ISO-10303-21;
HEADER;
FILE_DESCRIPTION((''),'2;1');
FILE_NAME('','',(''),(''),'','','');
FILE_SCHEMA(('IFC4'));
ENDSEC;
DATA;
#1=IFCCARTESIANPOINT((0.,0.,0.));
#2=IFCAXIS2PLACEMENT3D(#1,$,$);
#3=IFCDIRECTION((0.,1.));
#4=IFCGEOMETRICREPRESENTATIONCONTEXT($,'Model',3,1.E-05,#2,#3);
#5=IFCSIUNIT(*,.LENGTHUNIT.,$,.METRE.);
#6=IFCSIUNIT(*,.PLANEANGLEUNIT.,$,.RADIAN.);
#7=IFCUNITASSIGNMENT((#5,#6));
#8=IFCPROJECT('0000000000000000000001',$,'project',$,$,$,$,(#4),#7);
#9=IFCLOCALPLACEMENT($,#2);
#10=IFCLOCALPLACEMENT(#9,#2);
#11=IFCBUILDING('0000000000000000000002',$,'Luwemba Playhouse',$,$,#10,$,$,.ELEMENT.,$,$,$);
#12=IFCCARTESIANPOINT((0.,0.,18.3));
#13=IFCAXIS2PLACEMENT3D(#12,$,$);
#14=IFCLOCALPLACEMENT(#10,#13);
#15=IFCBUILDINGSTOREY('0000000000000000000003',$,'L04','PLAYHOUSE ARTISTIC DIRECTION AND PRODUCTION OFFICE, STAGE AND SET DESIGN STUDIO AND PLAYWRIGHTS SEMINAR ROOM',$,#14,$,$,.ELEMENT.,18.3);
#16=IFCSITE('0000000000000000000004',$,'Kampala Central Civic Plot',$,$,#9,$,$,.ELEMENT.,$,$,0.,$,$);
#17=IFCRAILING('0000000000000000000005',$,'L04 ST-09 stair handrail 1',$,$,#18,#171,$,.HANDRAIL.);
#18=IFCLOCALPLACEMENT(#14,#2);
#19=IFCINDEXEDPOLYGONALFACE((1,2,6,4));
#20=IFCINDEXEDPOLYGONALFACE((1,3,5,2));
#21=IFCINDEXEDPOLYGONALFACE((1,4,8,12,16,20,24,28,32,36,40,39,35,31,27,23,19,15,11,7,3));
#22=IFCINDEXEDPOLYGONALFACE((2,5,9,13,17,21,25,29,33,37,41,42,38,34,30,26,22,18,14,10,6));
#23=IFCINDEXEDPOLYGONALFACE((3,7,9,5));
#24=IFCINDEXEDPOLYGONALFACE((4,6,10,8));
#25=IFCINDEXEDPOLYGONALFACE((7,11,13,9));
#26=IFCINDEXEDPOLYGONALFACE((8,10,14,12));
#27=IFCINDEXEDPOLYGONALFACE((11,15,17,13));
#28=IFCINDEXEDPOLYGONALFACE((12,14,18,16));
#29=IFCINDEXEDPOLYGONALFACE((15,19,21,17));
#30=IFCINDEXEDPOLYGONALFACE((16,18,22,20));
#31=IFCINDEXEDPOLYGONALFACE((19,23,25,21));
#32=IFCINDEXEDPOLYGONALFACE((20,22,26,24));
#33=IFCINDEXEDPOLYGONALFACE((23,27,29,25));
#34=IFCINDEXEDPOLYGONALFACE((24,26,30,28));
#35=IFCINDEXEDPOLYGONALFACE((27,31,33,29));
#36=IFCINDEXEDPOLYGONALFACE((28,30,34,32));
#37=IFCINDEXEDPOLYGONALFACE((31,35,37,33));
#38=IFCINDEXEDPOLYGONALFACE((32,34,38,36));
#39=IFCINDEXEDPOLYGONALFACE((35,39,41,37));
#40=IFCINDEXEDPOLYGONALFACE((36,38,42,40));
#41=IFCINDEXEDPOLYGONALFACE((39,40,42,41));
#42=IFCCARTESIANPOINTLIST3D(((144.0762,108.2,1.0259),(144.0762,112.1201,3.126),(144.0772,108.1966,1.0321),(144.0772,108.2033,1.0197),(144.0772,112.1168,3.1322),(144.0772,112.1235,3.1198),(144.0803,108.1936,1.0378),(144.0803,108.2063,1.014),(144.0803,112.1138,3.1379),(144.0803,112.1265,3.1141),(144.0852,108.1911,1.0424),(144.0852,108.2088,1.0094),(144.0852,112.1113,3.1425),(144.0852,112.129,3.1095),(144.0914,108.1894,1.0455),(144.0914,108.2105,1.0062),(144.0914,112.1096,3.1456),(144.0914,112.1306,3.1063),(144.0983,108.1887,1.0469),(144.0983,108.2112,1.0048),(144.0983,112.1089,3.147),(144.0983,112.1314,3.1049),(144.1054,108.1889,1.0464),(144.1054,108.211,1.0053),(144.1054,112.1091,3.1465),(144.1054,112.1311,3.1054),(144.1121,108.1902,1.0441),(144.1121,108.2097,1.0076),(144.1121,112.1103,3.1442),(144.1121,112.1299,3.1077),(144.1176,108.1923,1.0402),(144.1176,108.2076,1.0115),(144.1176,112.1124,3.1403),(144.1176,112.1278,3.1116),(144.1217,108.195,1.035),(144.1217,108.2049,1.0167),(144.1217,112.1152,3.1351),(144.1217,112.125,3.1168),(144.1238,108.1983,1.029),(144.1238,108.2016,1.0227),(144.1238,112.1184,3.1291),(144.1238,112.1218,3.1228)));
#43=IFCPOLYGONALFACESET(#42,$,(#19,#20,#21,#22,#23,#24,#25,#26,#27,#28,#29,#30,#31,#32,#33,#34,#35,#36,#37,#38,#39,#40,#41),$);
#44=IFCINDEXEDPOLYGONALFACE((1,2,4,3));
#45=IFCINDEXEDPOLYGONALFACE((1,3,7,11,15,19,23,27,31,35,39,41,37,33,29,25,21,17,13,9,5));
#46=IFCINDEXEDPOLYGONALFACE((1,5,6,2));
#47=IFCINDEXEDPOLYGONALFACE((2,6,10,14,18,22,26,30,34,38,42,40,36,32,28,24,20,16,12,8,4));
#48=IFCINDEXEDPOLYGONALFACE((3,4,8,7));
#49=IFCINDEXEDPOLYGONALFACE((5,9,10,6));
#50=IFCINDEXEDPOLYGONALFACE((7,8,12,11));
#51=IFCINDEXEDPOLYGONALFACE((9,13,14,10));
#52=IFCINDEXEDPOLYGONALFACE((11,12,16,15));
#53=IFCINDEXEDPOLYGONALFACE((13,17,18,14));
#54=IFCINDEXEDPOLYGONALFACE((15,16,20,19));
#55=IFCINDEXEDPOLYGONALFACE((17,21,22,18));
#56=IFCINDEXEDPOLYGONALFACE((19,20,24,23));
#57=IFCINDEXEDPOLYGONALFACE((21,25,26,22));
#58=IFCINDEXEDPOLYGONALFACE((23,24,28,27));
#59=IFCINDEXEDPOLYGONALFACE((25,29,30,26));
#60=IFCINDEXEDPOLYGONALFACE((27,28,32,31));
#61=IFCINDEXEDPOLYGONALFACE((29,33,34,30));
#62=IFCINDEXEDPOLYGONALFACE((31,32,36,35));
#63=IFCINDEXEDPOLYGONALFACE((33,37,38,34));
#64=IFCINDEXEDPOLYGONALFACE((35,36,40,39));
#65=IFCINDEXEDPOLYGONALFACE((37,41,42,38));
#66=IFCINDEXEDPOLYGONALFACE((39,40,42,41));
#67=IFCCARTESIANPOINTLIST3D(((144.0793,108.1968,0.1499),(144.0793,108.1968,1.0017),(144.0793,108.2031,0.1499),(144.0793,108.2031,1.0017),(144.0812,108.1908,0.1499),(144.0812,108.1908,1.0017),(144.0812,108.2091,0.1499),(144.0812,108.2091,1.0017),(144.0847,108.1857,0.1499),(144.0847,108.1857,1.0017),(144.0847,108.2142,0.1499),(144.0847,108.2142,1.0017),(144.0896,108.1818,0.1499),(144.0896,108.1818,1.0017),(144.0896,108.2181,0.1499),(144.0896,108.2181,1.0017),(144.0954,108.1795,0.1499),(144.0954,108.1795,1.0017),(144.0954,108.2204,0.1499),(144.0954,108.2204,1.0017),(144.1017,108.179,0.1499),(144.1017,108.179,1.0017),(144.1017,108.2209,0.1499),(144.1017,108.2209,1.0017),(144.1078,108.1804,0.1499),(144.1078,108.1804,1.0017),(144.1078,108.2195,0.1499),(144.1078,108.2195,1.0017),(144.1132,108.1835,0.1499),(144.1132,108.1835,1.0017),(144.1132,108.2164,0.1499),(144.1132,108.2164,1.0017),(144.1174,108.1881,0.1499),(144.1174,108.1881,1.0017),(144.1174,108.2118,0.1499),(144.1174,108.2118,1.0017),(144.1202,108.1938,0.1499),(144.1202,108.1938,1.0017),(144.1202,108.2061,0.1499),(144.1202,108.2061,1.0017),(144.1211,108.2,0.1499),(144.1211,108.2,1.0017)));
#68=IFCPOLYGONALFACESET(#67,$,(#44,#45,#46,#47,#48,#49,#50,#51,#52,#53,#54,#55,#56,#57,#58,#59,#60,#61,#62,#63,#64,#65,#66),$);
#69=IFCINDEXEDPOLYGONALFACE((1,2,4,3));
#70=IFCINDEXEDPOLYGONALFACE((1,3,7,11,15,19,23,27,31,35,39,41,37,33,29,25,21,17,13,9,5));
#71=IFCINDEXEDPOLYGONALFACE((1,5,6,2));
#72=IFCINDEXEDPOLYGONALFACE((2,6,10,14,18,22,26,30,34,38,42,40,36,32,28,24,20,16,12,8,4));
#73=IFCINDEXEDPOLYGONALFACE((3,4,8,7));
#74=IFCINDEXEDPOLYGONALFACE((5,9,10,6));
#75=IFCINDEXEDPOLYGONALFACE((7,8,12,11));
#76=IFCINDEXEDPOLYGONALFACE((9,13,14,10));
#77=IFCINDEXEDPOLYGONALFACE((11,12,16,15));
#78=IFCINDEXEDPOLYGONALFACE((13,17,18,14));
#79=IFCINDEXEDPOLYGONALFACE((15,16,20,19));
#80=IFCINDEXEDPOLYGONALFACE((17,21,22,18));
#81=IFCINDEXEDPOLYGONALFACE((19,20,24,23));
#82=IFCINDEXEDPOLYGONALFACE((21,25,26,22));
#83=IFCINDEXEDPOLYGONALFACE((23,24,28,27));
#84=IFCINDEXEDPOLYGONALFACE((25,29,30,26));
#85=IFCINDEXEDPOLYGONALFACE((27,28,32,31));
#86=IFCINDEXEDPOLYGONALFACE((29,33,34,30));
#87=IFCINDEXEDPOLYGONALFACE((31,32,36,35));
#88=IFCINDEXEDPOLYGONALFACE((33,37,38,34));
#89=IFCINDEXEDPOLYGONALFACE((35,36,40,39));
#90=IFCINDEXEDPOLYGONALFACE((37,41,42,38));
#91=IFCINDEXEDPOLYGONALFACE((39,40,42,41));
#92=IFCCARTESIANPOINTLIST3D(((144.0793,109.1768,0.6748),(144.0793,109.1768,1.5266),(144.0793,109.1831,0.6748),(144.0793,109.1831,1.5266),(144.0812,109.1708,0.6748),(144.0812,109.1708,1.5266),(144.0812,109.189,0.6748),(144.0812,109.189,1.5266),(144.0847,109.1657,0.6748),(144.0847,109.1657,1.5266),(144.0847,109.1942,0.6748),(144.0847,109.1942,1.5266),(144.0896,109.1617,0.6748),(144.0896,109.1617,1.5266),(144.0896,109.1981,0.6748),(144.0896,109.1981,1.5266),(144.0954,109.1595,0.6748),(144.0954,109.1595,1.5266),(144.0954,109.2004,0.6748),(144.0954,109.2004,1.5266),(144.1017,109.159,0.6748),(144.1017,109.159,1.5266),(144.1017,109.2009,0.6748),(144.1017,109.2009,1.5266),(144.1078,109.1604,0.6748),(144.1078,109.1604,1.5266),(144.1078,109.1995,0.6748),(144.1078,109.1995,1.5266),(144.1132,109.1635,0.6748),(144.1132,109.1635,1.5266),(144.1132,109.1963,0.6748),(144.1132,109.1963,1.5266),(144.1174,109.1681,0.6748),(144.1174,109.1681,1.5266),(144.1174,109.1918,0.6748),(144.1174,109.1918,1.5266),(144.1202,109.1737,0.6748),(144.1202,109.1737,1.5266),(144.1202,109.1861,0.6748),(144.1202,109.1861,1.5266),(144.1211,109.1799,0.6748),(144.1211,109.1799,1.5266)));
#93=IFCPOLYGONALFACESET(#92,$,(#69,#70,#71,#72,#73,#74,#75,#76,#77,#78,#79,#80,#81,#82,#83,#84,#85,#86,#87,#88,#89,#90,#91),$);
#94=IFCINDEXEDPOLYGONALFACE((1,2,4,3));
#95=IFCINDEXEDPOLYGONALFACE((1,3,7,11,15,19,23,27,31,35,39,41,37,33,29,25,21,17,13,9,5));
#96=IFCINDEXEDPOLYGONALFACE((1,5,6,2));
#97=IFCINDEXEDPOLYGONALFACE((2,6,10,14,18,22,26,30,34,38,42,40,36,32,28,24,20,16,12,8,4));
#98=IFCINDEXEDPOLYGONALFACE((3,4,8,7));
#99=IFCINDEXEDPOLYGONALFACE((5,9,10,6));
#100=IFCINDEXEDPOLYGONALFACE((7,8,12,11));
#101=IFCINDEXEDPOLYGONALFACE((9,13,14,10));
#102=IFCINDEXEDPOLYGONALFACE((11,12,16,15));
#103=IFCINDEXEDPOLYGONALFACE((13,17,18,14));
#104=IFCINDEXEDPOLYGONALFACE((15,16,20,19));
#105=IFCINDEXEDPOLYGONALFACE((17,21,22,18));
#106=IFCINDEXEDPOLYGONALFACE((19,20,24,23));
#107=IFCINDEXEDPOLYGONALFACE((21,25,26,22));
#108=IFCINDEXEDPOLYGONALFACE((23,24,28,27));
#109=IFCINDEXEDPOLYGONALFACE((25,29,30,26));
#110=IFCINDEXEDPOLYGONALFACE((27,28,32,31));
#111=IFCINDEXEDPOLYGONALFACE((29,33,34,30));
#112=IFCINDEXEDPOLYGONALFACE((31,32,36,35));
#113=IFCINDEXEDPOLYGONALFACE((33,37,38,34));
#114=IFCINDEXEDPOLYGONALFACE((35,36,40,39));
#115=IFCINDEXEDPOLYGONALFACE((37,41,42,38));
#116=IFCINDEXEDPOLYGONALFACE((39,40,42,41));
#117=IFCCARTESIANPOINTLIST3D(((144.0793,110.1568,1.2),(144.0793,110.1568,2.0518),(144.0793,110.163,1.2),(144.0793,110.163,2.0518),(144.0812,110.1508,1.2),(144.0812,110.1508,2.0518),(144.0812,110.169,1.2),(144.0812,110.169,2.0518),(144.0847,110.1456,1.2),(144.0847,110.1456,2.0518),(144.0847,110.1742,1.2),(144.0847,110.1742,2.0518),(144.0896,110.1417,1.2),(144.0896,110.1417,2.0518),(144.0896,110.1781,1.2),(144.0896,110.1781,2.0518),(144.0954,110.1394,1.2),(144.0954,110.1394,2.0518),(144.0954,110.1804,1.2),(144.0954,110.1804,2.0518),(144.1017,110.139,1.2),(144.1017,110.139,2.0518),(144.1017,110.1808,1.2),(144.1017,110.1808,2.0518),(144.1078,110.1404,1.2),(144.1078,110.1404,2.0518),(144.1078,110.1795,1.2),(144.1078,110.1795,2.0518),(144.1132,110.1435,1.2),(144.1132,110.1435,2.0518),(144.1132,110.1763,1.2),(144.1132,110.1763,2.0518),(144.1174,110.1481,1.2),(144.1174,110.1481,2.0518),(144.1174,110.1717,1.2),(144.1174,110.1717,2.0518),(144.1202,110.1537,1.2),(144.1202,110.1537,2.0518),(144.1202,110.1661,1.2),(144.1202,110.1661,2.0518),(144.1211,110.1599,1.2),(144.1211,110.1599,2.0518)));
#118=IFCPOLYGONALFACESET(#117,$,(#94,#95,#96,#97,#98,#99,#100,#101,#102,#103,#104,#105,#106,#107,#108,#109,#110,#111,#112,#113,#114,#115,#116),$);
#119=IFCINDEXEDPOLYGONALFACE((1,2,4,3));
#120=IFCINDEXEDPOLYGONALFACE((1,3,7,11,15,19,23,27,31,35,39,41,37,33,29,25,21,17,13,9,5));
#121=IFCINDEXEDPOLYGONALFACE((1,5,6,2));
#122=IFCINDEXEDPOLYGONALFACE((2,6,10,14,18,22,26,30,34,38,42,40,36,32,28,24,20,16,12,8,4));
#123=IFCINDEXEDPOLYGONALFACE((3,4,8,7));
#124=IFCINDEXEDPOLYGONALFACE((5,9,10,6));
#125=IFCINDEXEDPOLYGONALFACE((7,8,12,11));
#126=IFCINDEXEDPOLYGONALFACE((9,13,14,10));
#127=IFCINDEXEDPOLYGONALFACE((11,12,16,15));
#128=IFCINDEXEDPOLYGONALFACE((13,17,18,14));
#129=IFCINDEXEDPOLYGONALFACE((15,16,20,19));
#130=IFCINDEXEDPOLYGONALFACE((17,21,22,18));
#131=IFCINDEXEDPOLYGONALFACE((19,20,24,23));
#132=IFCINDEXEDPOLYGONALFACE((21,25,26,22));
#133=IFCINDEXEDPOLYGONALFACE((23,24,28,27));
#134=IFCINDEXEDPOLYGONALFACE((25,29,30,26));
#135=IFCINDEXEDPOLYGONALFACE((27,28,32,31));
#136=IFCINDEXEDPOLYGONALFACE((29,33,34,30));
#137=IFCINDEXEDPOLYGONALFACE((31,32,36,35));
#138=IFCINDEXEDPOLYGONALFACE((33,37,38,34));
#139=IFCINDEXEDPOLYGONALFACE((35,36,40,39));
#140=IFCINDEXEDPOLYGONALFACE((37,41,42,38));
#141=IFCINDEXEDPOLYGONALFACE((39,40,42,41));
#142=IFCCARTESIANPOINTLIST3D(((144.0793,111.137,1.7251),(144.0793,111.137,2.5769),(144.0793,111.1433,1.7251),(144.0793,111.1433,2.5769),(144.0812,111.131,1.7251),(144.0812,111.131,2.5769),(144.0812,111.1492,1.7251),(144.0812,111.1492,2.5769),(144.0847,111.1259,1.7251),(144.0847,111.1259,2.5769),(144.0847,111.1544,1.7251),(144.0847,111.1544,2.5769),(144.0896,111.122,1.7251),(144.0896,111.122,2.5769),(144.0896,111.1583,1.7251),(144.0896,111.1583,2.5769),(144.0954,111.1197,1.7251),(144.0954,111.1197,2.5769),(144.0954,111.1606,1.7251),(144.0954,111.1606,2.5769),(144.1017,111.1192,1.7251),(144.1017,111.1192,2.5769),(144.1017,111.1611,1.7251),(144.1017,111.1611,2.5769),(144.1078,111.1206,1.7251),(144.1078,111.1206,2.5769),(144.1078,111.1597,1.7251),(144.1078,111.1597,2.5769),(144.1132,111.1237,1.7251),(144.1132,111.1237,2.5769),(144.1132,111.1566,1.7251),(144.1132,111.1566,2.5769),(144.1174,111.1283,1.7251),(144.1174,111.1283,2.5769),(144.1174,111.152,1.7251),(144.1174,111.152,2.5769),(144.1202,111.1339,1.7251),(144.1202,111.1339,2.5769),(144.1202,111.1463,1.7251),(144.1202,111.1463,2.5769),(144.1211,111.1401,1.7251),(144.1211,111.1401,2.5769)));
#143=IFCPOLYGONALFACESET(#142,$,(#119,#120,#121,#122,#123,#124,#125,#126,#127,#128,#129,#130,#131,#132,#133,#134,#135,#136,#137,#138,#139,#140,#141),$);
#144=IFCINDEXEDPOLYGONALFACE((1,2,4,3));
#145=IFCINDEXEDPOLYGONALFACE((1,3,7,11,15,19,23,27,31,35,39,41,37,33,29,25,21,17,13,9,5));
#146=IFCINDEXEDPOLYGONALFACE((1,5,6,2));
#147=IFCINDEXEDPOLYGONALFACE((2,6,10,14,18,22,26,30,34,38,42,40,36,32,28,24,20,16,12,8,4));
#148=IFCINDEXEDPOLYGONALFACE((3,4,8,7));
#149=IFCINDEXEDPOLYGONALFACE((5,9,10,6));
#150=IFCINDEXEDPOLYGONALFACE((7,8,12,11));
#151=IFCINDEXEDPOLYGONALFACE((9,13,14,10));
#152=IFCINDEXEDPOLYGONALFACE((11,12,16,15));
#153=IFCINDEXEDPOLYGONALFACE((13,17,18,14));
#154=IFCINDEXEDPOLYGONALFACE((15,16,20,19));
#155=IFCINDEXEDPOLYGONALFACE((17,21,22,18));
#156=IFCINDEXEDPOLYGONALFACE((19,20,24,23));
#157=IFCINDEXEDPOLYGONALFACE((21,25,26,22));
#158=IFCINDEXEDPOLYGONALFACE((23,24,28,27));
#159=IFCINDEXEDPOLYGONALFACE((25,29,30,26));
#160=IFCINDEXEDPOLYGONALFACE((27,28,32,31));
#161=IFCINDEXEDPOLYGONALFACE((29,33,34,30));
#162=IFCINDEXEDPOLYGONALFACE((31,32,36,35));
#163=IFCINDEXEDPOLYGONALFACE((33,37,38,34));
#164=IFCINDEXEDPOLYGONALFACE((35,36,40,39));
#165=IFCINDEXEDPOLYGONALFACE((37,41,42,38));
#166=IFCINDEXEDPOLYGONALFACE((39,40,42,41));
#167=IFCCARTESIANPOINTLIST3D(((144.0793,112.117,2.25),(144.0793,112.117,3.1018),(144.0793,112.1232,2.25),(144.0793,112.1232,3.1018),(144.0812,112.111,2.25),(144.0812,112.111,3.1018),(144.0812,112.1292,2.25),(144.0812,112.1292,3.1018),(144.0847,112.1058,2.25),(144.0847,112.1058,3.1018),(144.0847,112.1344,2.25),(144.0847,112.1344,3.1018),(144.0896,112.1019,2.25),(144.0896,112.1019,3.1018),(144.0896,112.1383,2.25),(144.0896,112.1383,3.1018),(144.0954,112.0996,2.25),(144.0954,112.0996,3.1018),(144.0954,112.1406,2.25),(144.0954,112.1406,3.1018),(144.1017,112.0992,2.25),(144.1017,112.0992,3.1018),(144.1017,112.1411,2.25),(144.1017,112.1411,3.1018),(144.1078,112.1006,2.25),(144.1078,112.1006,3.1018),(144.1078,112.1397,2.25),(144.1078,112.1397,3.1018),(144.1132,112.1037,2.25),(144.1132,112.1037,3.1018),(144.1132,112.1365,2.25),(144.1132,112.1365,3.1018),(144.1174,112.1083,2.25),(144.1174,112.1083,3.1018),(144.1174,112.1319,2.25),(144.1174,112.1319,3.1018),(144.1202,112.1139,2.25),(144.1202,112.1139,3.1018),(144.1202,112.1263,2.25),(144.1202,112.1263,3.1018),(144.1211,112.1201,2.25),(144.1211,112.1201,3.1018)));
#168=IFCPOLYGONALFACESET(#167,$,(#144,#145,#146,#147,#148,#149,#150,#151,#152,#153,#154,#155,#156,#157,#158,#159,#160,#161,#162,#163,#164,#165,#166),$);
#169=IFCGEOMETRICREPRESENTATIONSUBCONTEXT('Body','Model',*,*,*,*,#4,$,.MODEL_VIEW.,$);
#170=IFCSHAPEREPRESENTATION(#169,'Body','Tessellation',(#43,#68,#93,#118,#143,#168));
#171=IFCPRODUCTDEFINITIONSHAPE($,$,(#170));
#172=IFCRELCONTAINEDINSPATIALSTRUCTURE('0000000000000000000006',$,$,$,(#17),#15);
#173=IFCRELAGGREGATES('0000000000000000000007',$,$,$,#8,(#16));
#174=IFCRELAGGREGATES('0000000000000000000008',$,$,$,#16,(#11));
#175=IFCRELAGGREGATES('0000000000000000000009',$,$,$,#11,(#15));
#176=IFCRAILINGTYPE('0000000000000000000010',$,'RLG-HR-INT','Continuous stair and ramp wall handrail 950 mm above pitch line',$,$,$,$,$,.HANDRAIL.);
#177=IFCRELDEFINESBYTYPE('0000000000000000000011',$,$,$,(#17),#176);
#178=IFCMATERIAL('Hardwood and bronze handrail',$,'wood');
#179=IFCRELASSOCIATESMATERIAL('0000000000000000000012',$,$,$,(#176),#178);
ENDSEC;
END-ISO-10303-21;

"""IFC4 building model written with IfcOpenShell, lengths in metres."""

from ifc_helpers import new_model, si_unit, direction, frame, origin, origin_2d, place, context, subcontext, project, spatial, circle, extrude, material, type_object, element, save


model = new_model("IFC4")

# Units and contexts
model_context = context("Model", 3, precision=1e-05, world=origin(), true_north=direction((0.0, 1.0)))
body_context = subcontext(model_context, "Body", "Model", "MODEL_VIEW")
ifc_project = project(units=[si_unit("LENGTHUNIT", "METRE"), si_unit("PLANEANGLEUNIT", "RADIAN")], contexts=[model_context])

# Site, building, storey
site_placement = place(None, origin())
site = spatial("IfcSite", under=ifc_project, at=site_placement, Name="Kampala Central Civic Plot", CompositionType="ELEMENT", RefElevation=0.0)
building_placement = place(site_placement, origin())
building = spatial("IfcBuilding", under=site, at=building_placement, Name="Luwemba Playhouse", CompositionType="ELEMENT")
storey_placement = place(building_placement, frame((0.0, 0.0, 18.3)))
storey = spatial("IfcBuildingStorey", under=building, at=storey_placement, Name="L04", Description="PLAYHOUSE ARTISTIC DIRECTION AND PRODUCTION OFFICE, STAGE AND SET DESIGN STUDIO AND PLAYWRIGHTS SEMINAR ROOM", CompositionType="ELEMENT", Elevation=18.3)

# Railing
ifc_material_1 = material(Name="Hardwood and bronze handrail", Category="wood")
railing_type_1 = type_object("IfcRailingType", Name="RLG-HR-INT", Description="Continuous stair and ramp wall handrail 950 mm above pitch line", PredefinedType="HANDRAIL", material=ifc_material_1)
railing_1_placement = place(storey_placement, frame((144.1001, 108.2, 0.1499)))
element("IfcRailing", 1, at=railing_1_placement, inside=storey, type_object=railing_type_1, Name="L04 ST-09 stair handrail 1", PredefinedType="HANDRAIL", context=body_context, shape_type="SweptSolid", body=[
    extrude(circle(Radius=0.0239, at=origin_2d()), frame((0.0, 0.0, 0.876), z_axis=(0.0, 0.881479, 0.472223), x_axis=(-1.0, 0.0, 0.0)), (0.0, 0.0, 1.0), 4.4473),
    extrude(circle(Radius=0.021, at=origin_2d()), origin(), (0.0, 0.0, 1.0), 0.8518),
    extrude(circle(Radius=0.021, at=origin_2d()), frame((0.0, 0.98, 0.5249)), (0.0, 0.0, 1.0), 0.8518),
    extrude(circle(Radius=0.021, at=origin_2d()), frame((0.0, 1.96, 1.05)), (0.0, 0.0, 1.0), 0.8518),
    extrude(circle(Radius=0.021, at=origin_2d()), frame((0.0, 2.9402, 1.5752)), (0.0, 0.0, 1.0), 0.8518),
    extrude(circle(Radius=0.021, at=origin_2d()), frame((0.0, 3.9202, 2.1001)), (0.0, 0.0, 1.0), 0.8518),
])

save(model, "model.ifc")
